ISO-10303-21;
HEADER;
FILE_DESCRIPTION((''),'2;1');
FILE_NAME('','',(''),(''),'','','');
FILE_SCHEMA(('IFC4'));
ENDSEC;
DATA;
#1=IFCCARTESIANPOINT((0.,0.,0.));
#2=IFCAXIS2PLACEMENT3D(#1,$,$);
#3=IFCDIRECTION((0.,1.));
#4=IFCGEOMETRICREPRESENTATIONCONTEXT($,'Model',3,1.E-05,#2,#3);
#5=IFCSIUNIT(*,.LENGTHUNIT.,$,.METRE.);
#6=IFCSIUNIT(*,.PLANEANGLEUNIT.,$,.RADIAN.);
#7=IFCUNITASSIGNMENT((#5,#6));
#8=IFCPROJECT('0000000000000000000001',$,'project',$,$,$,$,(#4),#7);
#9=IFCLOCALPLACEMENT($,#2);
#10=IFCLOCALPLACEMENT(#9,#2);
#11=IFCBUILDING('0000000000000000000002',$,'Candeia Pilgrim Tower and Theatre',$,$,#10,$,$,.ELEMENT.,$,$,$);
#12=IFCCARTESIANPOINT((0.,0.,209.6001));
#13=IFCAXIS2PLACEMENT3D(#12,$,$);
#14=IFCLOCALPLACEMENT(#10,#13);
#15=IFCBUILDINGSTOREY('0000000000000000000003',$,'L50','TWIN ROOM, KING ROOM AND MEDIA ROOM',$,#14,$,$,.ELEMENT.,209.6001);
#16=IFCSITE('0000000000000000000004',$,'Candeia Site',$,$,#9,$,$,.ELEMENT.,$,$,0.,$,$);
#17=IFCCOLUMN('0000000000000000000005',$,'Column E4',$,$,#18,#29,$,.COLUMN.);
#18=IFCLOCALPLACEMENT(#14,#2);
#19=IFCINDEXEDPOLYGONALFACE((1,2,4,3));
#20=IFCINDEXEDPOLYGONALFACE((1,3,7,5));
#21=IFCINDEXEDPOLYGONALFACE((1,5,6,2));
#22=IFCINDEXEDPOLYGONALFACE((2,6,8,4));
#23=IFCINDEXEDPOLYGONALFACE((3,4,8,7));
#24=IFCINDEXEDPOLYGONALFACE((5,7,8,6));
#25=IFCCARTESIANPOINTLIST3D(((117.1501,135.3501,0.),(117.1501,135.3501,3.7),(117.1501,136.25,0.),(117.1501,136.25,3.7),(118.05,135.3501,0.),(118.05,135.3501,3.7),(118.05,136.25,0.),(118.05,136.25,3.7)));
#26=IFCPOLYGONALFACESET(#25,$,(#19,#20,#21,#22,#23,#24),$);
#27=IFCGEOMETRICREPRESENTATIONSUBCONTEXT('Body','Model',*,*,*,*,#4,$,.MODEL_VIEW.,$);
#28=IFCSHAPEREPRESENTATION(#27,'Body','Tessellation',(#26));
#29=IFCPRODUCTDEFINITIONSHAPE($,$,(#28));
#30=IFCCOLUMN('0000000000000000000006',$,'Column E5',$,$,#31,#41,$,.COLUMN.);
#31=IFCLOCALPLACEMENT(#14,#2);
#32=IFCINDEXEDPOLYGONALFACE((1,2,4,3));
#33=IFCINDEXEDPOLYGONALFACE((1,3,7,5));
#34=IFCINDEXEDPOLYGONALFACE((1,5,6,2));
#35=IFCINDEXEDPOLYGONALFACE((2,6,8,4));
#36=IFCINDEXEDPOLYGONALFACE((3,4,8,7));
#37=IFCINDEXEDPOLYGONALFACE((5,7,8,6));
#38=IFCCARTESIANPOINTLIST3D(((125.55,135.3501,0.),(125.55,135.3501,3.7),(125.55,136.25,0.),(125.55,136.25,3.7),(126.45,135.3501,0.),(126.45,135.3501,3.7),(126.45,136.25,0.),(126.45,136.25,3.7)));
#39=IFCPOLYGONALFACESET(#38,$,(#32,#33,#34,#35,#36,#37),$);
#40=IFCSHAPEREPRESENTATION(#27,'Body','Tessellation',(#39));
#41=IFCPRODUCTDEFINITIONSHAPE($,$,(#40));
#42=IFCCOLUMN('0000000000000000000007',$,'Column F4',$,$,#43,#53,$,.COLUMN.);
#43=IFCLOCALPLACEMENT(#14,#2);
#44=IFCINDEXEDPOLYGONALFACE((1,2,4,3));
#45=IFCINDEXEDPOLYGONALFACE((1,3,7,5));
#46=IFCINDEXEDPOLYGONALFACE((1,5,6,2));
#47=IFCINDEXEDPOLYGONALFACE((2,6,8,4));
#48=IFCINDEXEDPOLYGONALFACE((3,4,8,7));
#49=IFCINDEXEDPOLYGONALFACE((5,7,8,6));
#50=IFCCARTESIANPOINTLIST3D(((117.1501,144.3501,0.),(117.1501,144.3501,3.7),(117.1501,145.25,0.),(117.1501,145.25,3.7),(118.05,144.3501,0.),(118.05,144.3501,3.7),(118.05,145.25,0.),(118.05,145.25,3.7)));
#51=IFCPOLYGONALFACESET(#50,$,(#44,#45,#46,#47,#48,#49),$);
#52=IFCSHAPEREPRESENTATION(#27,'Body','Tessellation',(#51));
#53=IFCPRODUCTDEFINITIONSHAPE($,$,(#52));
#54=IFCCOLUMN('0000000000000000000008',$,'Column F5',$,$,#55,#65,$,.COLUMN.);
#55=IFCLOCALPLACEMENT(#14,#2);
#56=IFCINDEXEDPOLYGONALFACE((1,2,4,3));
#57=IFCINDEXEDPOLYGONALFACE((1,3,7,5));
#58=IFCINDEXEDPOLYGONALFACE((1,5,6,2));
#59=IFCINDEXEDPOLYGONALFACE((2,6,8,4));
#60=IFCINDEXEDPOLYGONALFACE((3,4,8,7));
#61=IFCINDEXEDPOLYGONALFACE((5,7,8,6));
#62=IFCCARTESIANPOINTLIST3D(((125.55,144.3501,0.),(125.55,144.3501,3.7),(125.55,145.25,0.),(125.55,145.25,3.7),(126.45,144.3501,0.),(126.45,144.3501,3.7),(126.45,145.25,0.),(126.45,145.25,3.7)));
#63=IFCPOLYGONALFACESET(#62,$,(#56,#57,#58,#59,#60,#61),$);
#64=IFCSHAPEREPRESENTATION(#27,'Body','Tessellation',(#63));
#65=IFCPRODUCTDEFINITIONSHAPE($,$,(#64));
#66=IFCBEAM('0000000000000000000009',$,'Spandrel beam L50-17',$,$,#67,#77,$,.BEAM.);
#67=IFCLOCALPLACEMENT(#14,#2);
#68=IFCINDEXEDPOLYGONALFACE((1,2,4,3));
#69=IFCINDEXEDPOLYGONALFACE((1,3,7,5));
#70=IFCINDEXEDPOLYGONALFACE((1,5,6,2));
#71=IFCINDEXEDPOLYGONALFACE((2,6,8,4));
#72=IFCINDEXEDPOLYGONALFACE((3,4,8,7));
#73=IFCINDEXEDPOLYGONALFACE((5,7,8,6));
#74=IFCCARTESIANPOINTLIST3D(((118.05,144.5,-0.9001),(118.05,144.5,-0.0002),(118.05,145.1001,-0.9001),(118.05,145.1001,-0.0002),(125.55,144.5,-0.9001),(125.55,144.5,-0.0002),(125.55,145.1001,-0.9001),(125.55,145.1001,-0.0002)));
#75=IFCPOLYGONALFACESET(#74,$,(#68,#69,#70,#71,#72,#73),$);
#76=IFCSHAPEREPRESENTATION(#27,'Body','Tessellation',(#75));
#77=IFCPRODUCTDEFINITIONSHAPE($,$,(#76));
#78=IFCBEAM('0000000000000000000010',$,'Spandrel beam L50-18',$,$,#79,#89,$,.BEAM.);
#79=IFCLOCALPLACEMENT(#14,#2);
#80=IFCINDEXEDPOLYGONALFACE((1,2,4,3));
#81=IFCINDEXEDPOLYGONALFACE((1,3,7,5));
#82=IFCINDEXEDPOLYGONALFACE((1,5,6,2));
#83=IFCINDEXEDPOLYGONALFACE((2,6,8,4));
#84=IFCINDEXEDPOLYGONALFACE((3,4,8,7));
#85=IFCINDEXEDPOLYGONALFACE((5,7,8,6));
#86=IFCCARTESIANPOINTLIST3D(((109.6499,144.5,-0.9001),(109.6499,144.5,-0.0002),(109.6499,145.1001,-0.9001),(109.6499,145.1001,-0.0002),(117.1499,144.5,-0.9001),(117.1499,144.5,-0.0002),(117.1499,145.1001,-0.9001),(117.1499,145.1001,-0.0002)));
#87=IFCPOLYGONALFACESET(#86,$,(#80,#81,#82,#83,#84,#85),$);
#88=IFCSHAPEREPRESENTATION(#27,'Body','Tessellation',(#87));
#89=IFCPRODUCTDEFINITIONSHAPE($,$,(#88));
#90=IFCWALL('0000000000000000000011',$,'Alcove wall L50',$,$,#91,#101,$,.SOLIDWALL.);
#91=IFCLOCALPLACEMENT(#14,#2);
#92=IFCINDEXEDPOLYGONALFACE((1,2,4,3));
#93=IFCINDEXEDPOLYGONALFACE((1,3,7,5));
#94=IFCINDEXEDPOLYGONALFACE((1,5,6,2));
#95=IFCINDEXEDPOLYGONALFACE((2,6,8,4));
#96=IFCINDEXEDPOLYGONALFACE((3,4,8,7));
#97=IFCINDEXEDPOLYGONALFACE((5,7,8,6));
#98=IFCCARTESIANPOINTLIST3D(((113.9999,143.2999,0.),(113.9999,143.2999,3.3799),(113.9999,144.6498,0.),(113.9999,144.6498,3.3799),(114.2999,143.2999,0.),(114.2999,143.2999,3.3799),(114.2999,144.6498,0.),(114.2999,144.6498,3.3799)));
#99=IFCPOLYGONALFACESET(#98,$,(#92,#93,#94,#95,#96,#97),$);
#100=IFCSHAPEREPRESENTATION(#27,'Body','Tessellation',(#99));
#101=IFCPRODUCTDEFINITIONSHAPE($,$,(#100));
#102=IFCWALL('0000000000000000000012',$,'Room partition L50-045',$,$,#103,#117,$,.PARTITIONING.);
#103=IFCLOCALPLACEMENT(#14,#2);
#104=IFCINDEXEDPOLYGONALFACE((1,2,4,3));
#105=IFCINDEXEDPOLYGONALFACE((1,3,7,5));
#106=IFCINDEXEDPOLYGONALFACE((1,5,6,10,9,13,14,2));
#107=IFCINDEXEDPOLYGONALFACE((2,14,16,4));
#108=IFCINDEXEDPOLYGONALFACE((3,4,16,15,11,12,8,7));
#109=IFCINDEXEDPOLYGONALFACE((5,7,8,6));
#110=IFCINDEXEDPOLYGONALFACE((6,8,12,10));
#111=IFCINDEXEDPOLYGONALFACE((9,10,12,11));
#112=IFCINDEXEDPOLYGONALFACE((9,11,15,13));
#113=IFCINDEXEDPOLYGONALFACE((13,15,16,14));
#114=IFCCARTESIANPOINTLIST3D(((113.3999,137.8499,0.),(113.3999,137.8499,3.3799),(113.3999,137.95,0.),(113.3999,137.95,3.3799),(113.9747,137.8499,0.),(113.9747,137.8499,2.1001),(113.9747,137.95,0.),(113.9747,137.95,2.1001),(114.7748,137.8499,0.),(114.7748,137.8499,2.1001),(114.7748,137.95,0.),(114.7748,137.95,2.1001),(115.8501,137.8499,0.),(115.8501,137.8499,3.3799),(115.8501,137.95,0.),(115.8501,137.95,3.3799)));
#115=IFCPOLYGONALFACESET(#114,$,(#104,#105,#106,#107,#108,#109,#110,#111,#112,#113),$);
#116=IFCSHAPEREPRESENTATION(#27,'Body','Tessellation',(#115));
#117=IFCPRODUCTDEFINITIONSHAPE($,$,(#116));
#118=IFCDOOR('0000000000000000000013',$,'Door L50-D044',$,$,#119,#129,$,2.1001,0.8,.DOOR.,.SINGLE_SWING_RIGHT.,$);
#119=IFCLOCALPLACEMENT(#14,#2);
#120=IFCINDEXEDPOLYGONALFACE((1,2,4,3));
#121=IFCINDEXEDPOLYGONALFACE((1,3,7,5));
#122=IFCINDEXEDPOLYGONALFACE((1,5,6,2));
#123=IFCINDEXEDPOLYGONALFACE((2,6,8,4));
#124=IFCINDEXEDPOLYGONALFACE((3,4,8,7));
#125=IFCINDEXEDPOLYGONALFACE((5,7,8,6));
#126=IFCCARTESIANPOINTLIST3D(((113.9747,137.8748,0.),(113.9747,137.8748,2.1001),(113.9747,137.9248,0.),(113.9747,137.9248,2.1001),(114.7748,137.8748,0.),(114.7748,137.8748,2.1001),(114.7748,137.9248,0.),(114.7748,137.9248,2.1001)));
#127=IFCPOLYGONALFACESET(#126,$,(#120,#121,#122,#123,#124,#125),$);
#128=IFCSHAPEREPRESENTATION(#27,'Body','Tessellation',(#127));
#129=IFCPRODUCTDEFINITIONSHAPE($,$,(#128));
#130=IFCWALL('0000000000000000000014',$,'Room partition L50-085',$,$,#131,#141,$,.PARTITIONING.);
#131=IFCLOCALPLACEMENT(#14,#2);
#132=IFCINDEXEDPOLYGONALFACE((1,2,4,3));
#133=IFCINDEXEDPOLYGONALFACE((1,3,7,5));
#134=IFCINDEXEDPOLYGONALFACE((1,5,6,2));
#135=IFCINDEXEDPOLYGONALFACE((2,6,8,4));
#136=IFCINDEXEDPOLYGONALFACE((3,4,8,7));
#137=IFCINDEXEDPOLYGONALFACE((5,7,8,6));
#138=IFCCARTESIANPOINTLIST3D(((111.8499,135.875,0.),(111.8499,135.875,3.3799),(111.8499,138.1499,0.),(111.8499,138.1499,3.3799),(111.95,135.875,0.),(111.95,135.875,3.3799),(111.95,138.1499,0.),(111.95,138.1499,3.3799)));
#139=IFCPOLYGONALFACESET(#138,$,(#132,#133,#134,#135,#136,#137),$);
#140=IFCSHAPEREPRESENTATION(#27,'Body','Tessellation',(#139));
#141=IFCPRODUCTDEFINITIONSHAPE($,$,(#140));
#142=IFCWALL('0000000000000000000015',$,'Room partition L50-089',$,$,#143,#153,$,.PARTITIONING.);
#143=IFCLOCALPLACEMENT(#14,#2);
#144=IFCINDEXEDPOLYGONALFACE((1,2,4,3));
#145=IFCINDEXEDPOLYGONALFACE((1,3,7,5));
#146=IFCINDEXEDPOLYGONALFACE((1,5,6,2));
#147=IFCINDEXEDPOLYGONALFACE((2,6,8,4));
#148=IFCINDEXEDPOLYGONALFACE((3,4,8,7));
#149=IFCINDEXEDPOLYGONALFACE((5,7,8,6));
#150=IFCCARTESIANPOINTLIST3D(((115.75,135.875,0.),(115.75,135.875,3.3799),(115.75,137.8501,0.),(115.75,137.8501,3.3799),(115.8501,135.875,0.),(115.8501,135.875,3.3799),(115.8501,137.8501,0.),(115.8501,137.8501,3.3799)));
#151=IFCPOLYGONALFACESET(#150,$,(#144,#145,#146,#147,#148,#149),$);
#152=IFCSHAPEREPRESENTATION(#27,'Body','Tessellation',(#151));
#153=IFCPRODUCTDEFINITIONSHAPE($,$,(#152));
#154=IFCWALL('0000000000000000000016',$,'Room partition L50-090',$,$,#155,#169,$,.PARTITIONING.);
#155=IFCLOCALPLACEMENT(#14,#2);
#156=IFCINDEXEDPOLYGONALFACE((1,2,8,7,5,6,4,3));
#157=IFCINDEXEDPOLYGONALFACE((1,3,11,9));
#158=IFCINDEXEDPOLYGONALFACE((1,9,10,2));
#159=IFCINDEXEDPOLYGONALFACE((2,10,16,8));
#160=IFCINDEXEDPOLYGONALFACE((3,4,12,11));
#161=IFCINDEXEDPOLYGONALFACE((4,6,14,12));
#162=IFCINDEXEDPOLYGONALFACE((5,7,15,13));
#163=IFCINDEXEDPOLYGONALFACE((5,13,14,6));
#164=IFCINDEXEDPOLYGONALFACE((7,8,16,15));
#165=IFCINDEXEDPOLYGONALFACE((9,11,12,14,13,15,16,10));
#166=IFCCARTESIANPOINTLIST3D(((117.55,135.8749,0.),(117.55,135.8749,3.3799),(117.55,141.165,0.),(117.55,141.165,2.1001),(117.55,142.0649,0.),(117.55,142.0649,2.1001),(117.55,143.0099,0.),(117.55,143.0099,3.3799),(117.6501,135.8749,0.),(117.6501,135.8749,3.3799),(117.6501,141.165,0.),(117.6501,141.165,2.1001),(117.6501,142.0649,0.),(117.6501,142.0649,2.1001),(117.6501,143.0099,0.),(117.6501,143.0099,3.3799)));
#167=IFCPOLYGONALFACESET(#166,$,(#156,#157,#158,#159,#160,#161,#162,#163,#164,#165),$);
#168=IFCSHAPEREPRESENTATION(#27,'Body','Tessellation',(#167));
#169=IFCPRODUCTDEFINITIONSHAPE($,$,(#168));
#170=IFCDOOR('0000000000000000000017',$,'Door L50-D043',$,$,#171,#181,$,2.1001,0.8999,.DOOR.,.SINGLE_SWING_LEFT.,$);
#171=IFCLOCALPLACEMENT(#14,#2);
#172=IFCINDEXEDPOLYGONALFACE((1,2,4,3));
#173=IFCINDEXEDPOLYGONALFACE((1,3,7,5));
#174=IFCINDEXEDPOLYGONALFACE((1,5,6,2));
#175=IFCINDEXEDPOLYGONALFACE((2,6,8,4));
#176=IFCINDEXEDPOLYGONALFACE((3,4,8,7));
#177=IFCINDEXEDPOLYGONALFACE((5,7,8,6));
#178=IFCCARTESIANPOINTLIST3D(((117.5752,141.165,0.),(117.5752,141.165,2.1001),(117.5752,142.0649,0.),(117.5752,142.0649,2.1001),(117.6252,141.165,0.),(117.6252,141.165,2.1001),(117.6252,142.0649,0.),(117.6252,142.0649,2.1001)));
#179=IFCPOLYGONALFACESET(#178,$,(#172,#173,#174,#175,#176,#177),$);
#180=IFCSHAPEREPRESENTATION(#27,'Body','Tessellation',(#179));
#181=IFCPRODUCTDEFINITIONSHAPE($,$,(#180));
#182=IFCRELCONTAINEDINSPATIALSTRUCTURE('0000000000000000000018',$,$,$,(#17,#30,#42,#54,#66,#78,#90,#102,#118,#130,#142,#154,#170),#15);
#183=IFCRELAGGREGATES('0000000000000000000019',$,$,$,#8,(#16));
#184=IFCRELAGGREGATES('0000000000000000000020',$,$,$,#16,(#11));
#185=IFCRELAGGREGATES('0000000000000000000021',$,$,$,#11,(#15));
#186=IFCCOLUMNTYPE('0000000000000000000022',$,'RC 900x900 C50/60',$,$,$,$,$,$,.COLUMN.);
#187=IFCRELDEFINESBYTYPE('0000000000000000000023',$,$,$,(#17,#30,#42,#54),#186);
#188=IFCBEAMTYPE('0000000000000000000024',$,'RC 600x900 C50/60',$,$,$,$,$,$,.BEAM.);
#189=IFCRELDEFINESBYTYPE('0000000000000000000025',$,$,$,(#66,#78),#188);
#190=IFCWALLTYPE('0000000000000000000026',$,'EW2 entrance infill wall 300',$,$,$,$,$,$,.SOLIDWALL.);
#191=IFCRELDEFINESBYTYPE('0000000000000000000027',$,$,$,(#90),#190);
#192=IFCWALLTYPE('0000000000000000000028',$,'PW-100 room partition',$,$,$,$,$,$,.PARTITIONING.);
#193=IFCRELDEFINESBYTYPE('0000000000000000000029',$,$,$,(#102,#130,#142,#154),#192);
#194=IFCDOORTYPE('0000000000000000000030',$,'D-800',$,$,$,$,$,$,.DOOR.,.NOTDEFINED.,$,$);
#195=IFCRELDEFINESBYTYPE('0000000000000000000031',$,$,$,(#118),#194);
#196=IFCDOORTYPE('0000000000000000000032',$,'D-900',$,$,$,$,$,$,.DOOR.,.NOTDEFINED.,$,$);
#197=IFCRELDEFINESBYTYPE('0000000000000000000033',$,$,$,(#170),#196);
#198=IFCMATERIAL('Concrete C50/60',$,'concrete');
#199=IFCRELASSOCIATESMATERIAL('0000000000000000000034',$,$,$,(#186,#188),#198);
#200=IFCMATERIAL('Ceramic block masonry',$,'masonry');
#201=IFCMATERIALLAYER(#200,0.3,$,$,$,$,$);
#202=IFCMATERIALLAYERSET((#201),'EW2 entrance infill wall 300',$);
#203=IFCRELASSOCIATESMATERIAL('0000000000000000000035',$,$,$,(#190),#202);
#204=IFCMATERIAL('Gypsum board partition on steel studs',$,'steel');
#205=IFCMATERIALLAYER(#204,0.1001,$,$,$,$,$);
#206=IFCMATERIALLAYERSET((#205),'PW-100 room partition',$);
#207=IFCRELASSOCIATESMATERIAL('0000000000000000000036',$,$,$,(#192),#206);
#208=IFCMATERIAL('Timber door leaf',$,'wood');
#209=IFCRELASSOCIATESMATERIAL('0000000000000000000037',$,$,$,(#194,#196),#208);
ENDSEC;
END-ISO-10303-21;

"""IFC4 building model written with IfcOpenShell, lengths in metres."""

from ifc_helpers import new_model, si_unit, direction, frame, frame_2d, origin, origin_2d, place, context, subcontext, project, spatial, rectangle, extrude, material, layer, layer_set, material_profile, profile_set, type_object, element, fill, save


model = new_model("IFC4")

# Units and contexts
model_context = context("Model", 3, precision=1e-05, world=origin(), true_north=direction((0.0, 1.0)))
body_context = subcontext(model_context, "Body", "Model", "MODEL_VIEW")
ifc_project = project(units=[si_unit("LENGTHUNIT", "METRE"), si_unit("PLANEANGLEUNIT", "RADIAN")], contexts=[model_context])

# Site, building, storey
site_placement = place(None, origin())
site = spatial("IfcSite", under=ifc_project, at=site_placement, Name="Candeia Site", CompositionType="ELEMENT", RefElevation=0.0)
building_placement = place(site_placement, origin())
building = spatial("IfcBuilding", under=site, at=building_placement, Name="Candeia Pilgrim Tower and Theatre", CompositionType="ELEMENT")
storey_placement = place(building_placement, frame((0.0, 0.0, 209.6001)))
storey = spatial("IfcBuildingStorey", under=building, at=storey_placement, Name="L50", Description="TWIN ROOM, KING ROOM AND MEDIA ROOM", CompositionType="ELEMENT", Elevation=209.6001)

# Columns
ifc_material_1 = material(Name="Concrete C50/60", Category="concrete")
ifc_material_profile_1 = material_profile(ifc_material_1, rectangle(XDim=0.8999, YDim=0.8999, at=origin_2d()))
ifc_profile_set_1 = profile_set([ifc_material_profile_1], Name="Concrete C50/60")
column_type = type_object("IfcColumnType", Name="RC 900x900 C50/60", PredefinedType="COLUMN", material=ifc_profile_set_1)
for number, where, z_axis, x_axis, name in (
    (1, (117.6001, 135.8, 0.0), (0.0, 0.0, 1.0), (1.0, 0.0, 0.0), "Column E4"),
    (2, (126.0, 135.8, 0.0), (0.0, 0.0, 1.0), (1.0, 0.0, 0.0), "Column E5"),
    (3, (117.6001, 144.8, 0.0), (0.0, 0.0, 1.0), (1.0, 0.0, 0.0), "Column F4"),
    (4, (126.0, 144.8, 0.0), (0.0, 0.0, 1.0), (1.0, 0.0, 0.0), "Column F5"),
):
    element("IfcColumn", number, at=place(storey_placement, frame(where, z_axis=z_axis, x_axis=x_axis)), inside=storey, type_object=column_type, Name=name, PredefinedType="COLUMN", context=body_context, shape_type="SweptSolid", body=[
        extrude(rectangle(XDim=0.8999, YDim=0.8999, at=origin_2d()), origin(), (0.0, 0.0, 1.0), 3.7),
    ])

# Beams
ifc_material_profile_2 = material_profile(ifc_material_1, rectangle(XDim=0.6001, YDim=0.8999, at=origin_2d()))
ifc_profile_set_2 = profile_set([ifc_material_profile_2], Name="Concrete C50/60")
beam_type = type_object("IfcBeamType", Name="RC 600x900 C50/60", PredefinedType="BEAM", material=ifc_profile_set_2)
for number, where, z_axis, x_axis, name in (
    (5, (125.55, 144.8, -0.4502), (-1.0, 0.0, 0.0), (0.0, -1.0, 0.0), "Spandrel beam L50-17"),
    (6, (117.1499, 144.8, -0.4502), (-1.0, 0.0, 0.0), (0.0, -1.0, 0.0), "Spandrel beam L50-18"),
):
    element("IfcBeam", number, at=place(storey_placement, frame(where, z_axis=z_axis, x_axis=x_axis)), inside=storey, type_object=beam_type, Name=name, PredefinedType="BEAM", context=body_context, shape_type="SweptSolid", body=[
        extrude(rectangle(XDim=0.6001, YDim=0.8999, at=origin_2d()), origin(), (0.0, 0.0, 1.0), 7.5),
    ])

# Wall
ifc_material_2 = material(Name="Ceramic block masonry", Category="masonry")
ifc_layer_1 = layer(ifc_material_2, 0.3)
ifc_layer_set_1 = layer_set([ifc_layer_1], Name="EW2 entrance infill wall 300")
wall_type_1 = type_object("IfcWallType", Name="EW2 entrance infill wall 300", PredefinedType="SOLIDWALL", material=ifc_layer_set_1)
wall_1_placement = place(storey_placement, frame((114.1499, 143.3, 0.0), z_axis=(0.0, 0.0, 1.0), x_axis=(0.0, 1.0, 0.0)))
element("IfcWall", 7, at=wall_1_placement, inside=storey, type_object=wall_type_1, Name="Alcove wall L50", PredefinedType="SOLIDWALL", context=body_context, shape_type="SweptSolid", body=[
    extrude(rectangle(XDim=1.3499, YDim=0.3, at=frame_2d((0.6748, 0.0))), origin(), (0.0, 0.0, 1.0), 3.3799),
])

# Wall, opening, door
ifc_material_3 = material(Name="Gypsum board partition on steel studs", Category="steel")
ifc_layer_2 = layer(ifc_material_3, 0.1001)
ifc_layer_set_2 = layer_set([ifc_layer_2], Name="PW-100 room partition")
wall_type_2 = type_object("IfcWallType", Name="PW-100 room partition", PredefinedType="PARTITIONING", material=ifc_layer_set_2)
wall_2_placement = place(storey_placement, frame((113.3999, 137.8999, 0.0), z_axis=(0.0, 0.0, 1.0), x_axis=(1.0, 0.0, 0.0)))
wall_2 = element("IfcWall", 8, at=wall_2_placement, inside=storey, type_object=wall_type_2, Name="Room partition L50-045", PredefinedType="PARTITIONING", context=body_context, shape_type="SweptSolid", body=[
    extrude(rectangle(XDim=2.4502, YDim=0.1001, at=frame_2d((1.2251, 0.0))), origin(), (0.0, 0.0, 1.0), 3.3799),
])
opening_1_placement = place(wall_2_placement, frame((0.575, 0.0, 0.0)))
opening_1 = element("IfcOpeningElement", 9, at=opening_1_placement, cuts=wall_2, PredefinedType="OPENING", context=body_context, shape_type="SweptSolid", body=[
    extrude(rectangle(XDim=0.8, YDim=2.1001, at=frame_2d((0.3999, 1.05))), frame((0.0, 0.0601, 0.0), z_axis=(0.0, -1.0, 0.0), x_axis=(1.0, 0.0, 0.0)), (0.0, 0.0, 1.0), 0.1201),
])
ifc_material_4 = material(Name="Timber door leaf", Category="wood")
door_type_1 = type_object("IfcDoorType", Name="D-800", OperationType="NOTDEFINED", PredefinedType="DOOR", material=ifc_material_4)
door_1_placement = place(opening_1_placement, origin())
door_1 = element("IfcDoor", 10, at=door_1_placement, inside=storey, type_object=door_type_1, Name="Door L50-D044", OperationType="SINGLE_SWING_RIGHT", OverallHeight=2.1001, OverallWidth=0.8, PredefinedType="DOOR", context=body_context, shape_type="SweptSolid", body=[
    extrude(rectangle(XDim=0.8, YDim=2.1001, at=frame_2d((0.3999, 1.05))), frame((0.0, 0.0249, 0.0), z_axis=(0.0, -1.0, 0.0), x_axis=(1.0, 0.0, 0.0)), (0.0, 0.0, 1.0), 0.05),
])
fill(opening_1, door_1)

# Walls
wall_3_placement = place(storey_placement, frame((111.8999, 135.875, 0.0), z_axis=(0.0, 0.0, 1.0), x_axis=(0.0, 1.0, 0.0)))
element("IfcWall", 11, at=wall_3_placement, inside=storey, type_object=wall_type_2, Name="Room partition L50-085", PredefinedType="PARTITIONING", context=body_context, shape_type="SweptSolid", body=[
    extrude(rectangle(XDim=2.2749, YDim=0.1001, at=frame_2d((1.1375, 0.0))), origin(), (0.0, 0.0, 1.0), 3.3799),
])
wall_4_placement = place(storey_placement, frame((115.8, 135.875, 0.0), z_axis=(0.0, 0.0, 1.0), x_axis=(0.0, 1.0, 0.0)))
element("IfcWall", 12, at=wall_4_placement, inside=storey, type_object=wall_type_2, Name="Room partition L50-089", PredefinedType="PARTITIONING", context=body_context, shape_type="SweptSolid", body=[
    extrude(rectangle(XDim=1.9751, YDim=0.1001, at=frame_2d((0.9875, 0.0))), origin(), (0.0, 0.0, 1.0), 3.3799),
])

# Wall, opening, door
wall_5_placement = place(storey_placement, frame((117.6001, 135.875, 0.0), z_axis=(0.0, 0.0, 1.0), x_axis=(0.0, 1.0, 0.0)))
wall_5 = element("IfcWall", 13, at=wall_5_placement, inside=storey, type_object=wall_type_2, Name="Room partition L50-090", PredefinedType="PARTITIONING", context=body_context, shape_type="SweptSolid", body=[
    extrude(rectangle(XDim=7.135, YDim=0.1001, at=frame_2d((3.5674, 0.0))), origin(), (0.0, 0.0, 1.0), 3.3799),
])
opening_2_placement = place(wall_5_placement, frame((5.29, 0.0, 0.0)))
opening_2 = element("IfcOpeningElement", 14, at=opening_2_placement, cuts=wall_5, PredefinedType="OPENING", context=body_context, shape_type="SweptSolid", body=[
    extrude(rectangle(XDim=0.8999, YDim=2.1001, at=frame_2d((0.45, 1.05))), frame((0.0, 0.0601, 0.0), z_axis=(0.0, -1.0, 0.0), x_axis=(1.0, 0.0, 0.0)), (0.0, 0.0, 1.0), 0.1201),
])
door_type_2 = type_object("IfcDoorType", Name="D-900", OperationType="NOTDEFINED", PredefinedType="DOOR", material=ifc_material_4)
door_2_placement = place(opening_2_placement, origin())
door_2 = element("IfcDoor", 15, at=door_2_placement, inside=storey, type_object=door_type_2, Name="Door L50-D043", OperationType="SINGLE_SWING_LEFT", OverallHeight=2.1001, OverallWidth=0.8999, PredefinedType="DOOR", context=body_context, shape_type="SweptSolid", body=[
    extrude(rectangle(XDim=0.8999, YDim=2.1001, at=frame_2d((0.45, 1.05))), frame((0.0, 0.0249, 0.0), z_axis=(0.0, -1.0, 0.0), x_axis=(1.0, 0.0, 0.0)), (0.0, 0.0, 1.0), 0.05),
])
fill(opening_2, door_2)

save(model, "model.ifc")
